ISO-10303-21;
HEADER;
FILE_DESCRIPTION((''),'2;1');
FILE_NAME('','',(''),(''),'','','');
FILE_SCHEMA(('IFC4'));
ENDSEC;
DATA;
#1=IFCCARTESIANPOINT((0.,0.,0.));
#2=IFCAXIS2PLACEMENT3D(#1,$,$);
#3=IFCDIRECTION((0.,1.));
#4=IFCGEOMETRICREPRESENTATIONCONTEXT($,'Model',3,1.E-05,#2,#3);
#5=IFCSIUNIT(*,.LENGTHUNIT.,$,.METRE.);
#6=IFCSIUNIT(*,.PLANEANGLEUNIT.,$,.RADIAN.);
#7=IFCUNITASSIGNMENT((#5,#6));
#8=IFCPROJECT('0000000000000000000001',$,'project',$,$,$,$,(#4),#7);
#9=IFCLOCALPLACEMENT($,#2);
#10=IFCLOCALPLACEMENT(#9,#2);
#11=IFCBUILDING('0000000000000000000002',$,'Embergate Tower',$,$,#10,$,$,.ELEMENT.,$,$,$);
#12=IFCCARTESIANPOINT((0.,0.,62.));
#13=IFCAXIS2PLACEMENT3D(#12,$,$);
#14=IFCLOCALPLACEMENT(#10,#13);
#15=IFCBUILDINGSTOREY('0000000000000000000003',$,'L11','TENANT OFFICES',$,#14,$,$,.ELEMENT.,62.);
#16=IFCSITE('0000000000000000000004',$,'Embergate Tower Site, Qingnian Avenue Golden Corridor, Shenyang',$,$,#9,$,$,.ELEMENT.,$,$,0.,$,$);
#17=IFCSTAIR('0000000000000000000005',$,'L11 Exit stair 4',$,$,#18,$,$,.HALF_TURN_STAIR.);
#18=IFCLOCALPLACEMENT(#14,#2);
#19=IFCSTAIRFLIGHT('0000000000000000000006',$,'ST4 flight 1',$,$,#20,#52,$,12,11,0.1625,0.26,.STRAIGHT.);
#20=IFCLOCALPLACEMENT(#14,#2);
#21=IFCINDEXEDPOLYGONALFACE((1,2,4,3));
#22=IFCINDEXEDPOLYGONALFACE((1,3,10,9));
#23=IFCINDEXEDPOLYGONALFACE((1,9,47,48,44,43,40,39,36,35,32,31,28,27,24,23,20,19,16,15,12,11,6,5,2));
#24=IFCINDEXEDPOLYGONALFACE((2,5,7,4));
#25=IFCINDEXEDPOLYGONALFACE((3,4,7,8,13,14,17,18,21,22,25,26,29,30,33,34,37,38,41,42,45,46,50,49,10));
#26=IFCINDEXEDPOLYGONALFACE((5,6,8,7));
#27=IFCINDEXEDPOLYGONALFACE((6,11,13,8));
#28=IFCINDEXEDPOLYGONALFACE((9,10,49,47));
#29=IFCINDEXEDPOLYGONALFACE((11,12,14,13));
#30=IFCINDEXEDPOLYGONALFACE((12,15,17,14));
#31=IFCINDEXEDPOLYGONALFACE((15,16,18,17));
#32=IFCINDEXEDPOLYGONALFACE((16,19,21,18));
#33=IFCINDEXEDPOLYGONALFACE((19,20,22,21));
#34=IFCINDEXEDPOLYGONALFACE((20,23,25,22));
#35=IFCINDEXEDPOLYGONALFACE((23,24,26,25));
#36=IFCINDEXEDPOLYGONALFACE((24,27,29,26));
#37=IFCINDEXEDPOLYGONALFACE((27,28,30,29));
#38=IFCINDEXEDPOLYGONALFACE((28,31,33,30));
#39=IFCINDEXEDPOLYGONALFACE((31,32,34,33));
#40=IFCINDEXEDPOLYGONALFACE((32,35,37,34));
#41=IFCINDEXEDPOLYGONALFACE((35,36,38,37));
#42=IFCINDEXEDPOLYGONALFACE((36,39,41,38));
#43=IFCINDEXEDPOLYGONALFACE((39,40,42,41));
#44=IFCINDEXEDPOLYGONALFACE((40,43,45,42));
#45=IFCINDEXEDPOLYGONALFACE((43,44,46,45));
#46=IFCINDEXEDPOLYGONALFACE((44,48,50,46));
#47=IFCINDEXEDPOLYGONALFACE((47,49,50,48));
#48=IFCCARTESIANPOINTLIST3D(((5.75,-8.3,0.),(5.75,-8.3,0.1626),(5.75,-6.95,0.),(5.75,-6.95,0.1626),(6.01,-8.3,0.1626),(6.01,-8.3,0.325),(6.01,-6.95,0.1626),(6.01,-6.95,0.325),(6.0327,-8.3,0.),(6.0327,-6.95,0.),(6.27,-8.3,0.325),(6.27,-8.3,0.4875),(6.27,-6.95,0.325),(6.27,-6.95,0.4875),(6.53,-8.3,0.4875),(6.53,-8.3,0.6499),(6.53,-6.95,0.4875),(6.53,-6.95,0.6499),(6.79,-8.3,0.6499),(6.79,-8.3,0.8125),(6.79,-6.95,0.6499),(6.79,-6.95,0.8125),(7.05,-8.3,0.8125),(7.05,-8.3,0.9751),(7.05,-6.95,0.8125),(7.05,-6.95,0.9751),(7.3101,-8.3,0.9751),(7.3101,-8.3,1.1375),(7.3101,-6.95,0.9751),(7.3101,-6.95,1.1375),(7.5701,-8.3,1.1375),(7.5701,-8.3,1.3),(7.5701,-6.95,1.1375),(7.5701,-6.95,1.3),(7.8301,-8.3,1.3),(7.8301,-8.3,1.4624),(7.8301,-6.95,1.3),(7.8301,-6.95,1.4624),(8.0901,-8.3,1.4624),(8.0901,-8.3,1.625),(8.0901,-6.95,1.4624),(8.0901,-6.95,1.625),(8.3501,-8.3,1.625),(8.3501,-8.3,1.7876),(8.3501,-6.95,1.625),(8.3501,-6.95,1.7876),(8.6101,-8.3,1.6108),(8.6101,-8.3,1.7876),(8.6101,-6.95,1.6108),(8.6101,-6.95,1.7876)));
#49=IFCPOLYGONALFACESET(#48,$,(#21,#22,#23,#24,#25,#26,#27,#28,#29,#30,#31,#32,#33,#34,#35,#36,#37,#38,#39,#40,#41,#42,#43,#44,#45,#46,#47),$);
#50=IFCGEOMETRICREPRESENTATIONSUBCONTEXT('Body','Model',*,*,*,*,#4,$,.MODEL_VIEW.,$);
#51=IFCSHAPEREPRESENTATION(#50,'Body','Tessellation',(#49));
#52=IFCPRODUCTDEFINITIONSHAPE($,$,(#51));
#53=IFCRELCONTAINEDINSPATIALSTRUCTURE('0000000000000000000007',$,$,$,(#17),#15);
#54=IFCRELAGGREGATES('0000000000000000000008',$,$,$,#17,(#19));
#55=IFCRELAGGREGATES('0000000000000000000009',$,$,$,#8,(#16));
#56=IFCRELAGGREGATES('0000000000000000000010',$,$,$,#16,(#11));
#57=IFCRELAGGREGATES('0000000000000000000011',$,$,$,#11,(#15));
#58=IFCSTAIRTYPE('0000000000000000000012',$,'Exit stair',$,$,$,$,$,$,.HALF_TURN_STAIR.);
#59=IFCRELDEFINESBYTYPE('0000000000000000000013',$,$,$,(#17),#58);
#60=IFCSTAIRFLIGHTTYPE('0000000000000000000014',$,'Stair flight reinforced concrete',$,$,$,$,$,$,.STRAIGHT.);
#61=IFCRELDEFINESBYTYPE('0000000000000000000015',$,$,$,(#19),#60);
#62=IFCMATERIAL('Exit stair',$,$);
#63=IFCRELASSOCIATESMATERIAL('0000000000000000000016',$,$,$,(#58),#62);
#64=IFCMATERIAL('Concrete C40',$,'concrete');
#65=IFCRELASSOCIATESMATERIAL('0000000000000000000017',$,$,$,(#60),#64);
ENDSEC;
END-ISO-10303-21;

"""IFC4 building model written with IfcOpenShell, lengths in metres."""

from ifc_helpers import new_model, si_unit, direction, frame, origin, place, context, subcontext, project, spatial, polyline, outline, extrude, source, transform, mapped, material, type_object, element, aggregate, save


model = new_model("IFC4")

# Units and contexts
model_context = context("Model", 3, precision=1e-05, world=origin(), true_north=direction((0.0, 1.0)))
body_context = subcontext(model_context, "Body", "Model", "MODEL_VIEW")
ifc_project = project(units=[si_unit("LENGTHUNIT", "METRE"), si_unit("PLANEANGLEUNIT", "RADIAN")], contexts=[model_context])

# Site, building, storey
site_placement = place(None, origin())
site = spatial("IfcSite", under=ifc_project, at=site_placement, Name="Embergate Tower Site, Qingnian Avenue Golden Corridor, Shenyang", CompositionType="ELEMENT", RefElevation=0.0)
building_placement = place(site_placement, origin())
building = spatial("IfcBuilding", under=site, at=building_placement, Name="Embergate Tower", CompositionType="ELEMENT")
storey_placement = place(building_placement, frame((0.0, 0.0, 62.0)))
storey = spatial("IfcBuildingStorey", under=building, at=storey_placement, Name="L11", Description="TENANT OFFICES", CompositionType="ELEMENT", Elevation=62.0)

# Stair, stair flight
ifc_material_1 = material(Name="Exit stair")
stair_type = type_object("IfcStairType", Name="Exit stair", PredefinedType="HALF_TURN_STAIR", material=ifc_material_1)
stair_placement = place(storey_placement, origin())
stair = element("IfcStair", 1, at=stair_placement, inside=storey, type_object=stair_type, Name="L11 Exit stair 4", PredefinedType="HALF_TURN_STAIR")
ifc_material_2 = material(Name="Concrete C40", Category="concrete")
stair_flight_type = type_object("IfcStairFlightType", Name="Stair flight reinforced concrete", PredefinedType="STRAIGHT", material=ifc_material_2)
shared_shape_1 = source(origin(), body_context, "Body", "SweptSolid", [
    extrude(outline(polyline([(0.0, 0.0), (0.0, 0.1626), (0.26, 0.1626), (0.26, 0.325), (0.52, 0.325), (0.52, 0.4875), (0.78, 0.4875), (0.78, 0.6499), (1.04, 0.6499), (1.04, 0.8125), (1.3, 0.8125), (1.3, 0.9751), (1.5601, 0.9751), (1.5601, 1.1375), (1.8201, 1.1375), (1.8201, 1.3), (2.0801, 1.3), (2.0801, 1.4624), (2.3401, 1.4624), (2.3401, 1.625), (2.6001, 1.625), (2.6001, 1.7876), (2.8601, 1.7876), (2.8601, 1.95), (2.8601, 1.6108), (0.2827, 0.0), (0.0, 0.0)])), frame((0.0, 0.675, 0.0), z_axis=(0.0, -1.0, 0.0), x_axis=(1.0, 0.0, 0.0)), (0.0, 0.0, 1.0), 1.3501),
])
stair_flight_placement = place(storey_placement, frame((5.75, -7.625, 0.0), z_axis=(0.0, 0.0, 1.0), x_axis=(1.0, 0.0, 0.0)))
stair_flight = element("IfcStairFlight", 2, at=stair_flight_placement, type_object=stair_flight_type, Name="ST4 flight 1", NumberOfRisers=12, NumberOfTreads=11, PredefinedType="STRAIGHT", RiserHeight=0.1625, TreadLength=0.26, context=body_context, shape_type="MappedRepresentation", body=[
    mapped(shared_shape_1, transform((0.0, 0.0, 0.0))),
])
aggregate(stair, [stair_flight])

save(model, "model.ifc")
